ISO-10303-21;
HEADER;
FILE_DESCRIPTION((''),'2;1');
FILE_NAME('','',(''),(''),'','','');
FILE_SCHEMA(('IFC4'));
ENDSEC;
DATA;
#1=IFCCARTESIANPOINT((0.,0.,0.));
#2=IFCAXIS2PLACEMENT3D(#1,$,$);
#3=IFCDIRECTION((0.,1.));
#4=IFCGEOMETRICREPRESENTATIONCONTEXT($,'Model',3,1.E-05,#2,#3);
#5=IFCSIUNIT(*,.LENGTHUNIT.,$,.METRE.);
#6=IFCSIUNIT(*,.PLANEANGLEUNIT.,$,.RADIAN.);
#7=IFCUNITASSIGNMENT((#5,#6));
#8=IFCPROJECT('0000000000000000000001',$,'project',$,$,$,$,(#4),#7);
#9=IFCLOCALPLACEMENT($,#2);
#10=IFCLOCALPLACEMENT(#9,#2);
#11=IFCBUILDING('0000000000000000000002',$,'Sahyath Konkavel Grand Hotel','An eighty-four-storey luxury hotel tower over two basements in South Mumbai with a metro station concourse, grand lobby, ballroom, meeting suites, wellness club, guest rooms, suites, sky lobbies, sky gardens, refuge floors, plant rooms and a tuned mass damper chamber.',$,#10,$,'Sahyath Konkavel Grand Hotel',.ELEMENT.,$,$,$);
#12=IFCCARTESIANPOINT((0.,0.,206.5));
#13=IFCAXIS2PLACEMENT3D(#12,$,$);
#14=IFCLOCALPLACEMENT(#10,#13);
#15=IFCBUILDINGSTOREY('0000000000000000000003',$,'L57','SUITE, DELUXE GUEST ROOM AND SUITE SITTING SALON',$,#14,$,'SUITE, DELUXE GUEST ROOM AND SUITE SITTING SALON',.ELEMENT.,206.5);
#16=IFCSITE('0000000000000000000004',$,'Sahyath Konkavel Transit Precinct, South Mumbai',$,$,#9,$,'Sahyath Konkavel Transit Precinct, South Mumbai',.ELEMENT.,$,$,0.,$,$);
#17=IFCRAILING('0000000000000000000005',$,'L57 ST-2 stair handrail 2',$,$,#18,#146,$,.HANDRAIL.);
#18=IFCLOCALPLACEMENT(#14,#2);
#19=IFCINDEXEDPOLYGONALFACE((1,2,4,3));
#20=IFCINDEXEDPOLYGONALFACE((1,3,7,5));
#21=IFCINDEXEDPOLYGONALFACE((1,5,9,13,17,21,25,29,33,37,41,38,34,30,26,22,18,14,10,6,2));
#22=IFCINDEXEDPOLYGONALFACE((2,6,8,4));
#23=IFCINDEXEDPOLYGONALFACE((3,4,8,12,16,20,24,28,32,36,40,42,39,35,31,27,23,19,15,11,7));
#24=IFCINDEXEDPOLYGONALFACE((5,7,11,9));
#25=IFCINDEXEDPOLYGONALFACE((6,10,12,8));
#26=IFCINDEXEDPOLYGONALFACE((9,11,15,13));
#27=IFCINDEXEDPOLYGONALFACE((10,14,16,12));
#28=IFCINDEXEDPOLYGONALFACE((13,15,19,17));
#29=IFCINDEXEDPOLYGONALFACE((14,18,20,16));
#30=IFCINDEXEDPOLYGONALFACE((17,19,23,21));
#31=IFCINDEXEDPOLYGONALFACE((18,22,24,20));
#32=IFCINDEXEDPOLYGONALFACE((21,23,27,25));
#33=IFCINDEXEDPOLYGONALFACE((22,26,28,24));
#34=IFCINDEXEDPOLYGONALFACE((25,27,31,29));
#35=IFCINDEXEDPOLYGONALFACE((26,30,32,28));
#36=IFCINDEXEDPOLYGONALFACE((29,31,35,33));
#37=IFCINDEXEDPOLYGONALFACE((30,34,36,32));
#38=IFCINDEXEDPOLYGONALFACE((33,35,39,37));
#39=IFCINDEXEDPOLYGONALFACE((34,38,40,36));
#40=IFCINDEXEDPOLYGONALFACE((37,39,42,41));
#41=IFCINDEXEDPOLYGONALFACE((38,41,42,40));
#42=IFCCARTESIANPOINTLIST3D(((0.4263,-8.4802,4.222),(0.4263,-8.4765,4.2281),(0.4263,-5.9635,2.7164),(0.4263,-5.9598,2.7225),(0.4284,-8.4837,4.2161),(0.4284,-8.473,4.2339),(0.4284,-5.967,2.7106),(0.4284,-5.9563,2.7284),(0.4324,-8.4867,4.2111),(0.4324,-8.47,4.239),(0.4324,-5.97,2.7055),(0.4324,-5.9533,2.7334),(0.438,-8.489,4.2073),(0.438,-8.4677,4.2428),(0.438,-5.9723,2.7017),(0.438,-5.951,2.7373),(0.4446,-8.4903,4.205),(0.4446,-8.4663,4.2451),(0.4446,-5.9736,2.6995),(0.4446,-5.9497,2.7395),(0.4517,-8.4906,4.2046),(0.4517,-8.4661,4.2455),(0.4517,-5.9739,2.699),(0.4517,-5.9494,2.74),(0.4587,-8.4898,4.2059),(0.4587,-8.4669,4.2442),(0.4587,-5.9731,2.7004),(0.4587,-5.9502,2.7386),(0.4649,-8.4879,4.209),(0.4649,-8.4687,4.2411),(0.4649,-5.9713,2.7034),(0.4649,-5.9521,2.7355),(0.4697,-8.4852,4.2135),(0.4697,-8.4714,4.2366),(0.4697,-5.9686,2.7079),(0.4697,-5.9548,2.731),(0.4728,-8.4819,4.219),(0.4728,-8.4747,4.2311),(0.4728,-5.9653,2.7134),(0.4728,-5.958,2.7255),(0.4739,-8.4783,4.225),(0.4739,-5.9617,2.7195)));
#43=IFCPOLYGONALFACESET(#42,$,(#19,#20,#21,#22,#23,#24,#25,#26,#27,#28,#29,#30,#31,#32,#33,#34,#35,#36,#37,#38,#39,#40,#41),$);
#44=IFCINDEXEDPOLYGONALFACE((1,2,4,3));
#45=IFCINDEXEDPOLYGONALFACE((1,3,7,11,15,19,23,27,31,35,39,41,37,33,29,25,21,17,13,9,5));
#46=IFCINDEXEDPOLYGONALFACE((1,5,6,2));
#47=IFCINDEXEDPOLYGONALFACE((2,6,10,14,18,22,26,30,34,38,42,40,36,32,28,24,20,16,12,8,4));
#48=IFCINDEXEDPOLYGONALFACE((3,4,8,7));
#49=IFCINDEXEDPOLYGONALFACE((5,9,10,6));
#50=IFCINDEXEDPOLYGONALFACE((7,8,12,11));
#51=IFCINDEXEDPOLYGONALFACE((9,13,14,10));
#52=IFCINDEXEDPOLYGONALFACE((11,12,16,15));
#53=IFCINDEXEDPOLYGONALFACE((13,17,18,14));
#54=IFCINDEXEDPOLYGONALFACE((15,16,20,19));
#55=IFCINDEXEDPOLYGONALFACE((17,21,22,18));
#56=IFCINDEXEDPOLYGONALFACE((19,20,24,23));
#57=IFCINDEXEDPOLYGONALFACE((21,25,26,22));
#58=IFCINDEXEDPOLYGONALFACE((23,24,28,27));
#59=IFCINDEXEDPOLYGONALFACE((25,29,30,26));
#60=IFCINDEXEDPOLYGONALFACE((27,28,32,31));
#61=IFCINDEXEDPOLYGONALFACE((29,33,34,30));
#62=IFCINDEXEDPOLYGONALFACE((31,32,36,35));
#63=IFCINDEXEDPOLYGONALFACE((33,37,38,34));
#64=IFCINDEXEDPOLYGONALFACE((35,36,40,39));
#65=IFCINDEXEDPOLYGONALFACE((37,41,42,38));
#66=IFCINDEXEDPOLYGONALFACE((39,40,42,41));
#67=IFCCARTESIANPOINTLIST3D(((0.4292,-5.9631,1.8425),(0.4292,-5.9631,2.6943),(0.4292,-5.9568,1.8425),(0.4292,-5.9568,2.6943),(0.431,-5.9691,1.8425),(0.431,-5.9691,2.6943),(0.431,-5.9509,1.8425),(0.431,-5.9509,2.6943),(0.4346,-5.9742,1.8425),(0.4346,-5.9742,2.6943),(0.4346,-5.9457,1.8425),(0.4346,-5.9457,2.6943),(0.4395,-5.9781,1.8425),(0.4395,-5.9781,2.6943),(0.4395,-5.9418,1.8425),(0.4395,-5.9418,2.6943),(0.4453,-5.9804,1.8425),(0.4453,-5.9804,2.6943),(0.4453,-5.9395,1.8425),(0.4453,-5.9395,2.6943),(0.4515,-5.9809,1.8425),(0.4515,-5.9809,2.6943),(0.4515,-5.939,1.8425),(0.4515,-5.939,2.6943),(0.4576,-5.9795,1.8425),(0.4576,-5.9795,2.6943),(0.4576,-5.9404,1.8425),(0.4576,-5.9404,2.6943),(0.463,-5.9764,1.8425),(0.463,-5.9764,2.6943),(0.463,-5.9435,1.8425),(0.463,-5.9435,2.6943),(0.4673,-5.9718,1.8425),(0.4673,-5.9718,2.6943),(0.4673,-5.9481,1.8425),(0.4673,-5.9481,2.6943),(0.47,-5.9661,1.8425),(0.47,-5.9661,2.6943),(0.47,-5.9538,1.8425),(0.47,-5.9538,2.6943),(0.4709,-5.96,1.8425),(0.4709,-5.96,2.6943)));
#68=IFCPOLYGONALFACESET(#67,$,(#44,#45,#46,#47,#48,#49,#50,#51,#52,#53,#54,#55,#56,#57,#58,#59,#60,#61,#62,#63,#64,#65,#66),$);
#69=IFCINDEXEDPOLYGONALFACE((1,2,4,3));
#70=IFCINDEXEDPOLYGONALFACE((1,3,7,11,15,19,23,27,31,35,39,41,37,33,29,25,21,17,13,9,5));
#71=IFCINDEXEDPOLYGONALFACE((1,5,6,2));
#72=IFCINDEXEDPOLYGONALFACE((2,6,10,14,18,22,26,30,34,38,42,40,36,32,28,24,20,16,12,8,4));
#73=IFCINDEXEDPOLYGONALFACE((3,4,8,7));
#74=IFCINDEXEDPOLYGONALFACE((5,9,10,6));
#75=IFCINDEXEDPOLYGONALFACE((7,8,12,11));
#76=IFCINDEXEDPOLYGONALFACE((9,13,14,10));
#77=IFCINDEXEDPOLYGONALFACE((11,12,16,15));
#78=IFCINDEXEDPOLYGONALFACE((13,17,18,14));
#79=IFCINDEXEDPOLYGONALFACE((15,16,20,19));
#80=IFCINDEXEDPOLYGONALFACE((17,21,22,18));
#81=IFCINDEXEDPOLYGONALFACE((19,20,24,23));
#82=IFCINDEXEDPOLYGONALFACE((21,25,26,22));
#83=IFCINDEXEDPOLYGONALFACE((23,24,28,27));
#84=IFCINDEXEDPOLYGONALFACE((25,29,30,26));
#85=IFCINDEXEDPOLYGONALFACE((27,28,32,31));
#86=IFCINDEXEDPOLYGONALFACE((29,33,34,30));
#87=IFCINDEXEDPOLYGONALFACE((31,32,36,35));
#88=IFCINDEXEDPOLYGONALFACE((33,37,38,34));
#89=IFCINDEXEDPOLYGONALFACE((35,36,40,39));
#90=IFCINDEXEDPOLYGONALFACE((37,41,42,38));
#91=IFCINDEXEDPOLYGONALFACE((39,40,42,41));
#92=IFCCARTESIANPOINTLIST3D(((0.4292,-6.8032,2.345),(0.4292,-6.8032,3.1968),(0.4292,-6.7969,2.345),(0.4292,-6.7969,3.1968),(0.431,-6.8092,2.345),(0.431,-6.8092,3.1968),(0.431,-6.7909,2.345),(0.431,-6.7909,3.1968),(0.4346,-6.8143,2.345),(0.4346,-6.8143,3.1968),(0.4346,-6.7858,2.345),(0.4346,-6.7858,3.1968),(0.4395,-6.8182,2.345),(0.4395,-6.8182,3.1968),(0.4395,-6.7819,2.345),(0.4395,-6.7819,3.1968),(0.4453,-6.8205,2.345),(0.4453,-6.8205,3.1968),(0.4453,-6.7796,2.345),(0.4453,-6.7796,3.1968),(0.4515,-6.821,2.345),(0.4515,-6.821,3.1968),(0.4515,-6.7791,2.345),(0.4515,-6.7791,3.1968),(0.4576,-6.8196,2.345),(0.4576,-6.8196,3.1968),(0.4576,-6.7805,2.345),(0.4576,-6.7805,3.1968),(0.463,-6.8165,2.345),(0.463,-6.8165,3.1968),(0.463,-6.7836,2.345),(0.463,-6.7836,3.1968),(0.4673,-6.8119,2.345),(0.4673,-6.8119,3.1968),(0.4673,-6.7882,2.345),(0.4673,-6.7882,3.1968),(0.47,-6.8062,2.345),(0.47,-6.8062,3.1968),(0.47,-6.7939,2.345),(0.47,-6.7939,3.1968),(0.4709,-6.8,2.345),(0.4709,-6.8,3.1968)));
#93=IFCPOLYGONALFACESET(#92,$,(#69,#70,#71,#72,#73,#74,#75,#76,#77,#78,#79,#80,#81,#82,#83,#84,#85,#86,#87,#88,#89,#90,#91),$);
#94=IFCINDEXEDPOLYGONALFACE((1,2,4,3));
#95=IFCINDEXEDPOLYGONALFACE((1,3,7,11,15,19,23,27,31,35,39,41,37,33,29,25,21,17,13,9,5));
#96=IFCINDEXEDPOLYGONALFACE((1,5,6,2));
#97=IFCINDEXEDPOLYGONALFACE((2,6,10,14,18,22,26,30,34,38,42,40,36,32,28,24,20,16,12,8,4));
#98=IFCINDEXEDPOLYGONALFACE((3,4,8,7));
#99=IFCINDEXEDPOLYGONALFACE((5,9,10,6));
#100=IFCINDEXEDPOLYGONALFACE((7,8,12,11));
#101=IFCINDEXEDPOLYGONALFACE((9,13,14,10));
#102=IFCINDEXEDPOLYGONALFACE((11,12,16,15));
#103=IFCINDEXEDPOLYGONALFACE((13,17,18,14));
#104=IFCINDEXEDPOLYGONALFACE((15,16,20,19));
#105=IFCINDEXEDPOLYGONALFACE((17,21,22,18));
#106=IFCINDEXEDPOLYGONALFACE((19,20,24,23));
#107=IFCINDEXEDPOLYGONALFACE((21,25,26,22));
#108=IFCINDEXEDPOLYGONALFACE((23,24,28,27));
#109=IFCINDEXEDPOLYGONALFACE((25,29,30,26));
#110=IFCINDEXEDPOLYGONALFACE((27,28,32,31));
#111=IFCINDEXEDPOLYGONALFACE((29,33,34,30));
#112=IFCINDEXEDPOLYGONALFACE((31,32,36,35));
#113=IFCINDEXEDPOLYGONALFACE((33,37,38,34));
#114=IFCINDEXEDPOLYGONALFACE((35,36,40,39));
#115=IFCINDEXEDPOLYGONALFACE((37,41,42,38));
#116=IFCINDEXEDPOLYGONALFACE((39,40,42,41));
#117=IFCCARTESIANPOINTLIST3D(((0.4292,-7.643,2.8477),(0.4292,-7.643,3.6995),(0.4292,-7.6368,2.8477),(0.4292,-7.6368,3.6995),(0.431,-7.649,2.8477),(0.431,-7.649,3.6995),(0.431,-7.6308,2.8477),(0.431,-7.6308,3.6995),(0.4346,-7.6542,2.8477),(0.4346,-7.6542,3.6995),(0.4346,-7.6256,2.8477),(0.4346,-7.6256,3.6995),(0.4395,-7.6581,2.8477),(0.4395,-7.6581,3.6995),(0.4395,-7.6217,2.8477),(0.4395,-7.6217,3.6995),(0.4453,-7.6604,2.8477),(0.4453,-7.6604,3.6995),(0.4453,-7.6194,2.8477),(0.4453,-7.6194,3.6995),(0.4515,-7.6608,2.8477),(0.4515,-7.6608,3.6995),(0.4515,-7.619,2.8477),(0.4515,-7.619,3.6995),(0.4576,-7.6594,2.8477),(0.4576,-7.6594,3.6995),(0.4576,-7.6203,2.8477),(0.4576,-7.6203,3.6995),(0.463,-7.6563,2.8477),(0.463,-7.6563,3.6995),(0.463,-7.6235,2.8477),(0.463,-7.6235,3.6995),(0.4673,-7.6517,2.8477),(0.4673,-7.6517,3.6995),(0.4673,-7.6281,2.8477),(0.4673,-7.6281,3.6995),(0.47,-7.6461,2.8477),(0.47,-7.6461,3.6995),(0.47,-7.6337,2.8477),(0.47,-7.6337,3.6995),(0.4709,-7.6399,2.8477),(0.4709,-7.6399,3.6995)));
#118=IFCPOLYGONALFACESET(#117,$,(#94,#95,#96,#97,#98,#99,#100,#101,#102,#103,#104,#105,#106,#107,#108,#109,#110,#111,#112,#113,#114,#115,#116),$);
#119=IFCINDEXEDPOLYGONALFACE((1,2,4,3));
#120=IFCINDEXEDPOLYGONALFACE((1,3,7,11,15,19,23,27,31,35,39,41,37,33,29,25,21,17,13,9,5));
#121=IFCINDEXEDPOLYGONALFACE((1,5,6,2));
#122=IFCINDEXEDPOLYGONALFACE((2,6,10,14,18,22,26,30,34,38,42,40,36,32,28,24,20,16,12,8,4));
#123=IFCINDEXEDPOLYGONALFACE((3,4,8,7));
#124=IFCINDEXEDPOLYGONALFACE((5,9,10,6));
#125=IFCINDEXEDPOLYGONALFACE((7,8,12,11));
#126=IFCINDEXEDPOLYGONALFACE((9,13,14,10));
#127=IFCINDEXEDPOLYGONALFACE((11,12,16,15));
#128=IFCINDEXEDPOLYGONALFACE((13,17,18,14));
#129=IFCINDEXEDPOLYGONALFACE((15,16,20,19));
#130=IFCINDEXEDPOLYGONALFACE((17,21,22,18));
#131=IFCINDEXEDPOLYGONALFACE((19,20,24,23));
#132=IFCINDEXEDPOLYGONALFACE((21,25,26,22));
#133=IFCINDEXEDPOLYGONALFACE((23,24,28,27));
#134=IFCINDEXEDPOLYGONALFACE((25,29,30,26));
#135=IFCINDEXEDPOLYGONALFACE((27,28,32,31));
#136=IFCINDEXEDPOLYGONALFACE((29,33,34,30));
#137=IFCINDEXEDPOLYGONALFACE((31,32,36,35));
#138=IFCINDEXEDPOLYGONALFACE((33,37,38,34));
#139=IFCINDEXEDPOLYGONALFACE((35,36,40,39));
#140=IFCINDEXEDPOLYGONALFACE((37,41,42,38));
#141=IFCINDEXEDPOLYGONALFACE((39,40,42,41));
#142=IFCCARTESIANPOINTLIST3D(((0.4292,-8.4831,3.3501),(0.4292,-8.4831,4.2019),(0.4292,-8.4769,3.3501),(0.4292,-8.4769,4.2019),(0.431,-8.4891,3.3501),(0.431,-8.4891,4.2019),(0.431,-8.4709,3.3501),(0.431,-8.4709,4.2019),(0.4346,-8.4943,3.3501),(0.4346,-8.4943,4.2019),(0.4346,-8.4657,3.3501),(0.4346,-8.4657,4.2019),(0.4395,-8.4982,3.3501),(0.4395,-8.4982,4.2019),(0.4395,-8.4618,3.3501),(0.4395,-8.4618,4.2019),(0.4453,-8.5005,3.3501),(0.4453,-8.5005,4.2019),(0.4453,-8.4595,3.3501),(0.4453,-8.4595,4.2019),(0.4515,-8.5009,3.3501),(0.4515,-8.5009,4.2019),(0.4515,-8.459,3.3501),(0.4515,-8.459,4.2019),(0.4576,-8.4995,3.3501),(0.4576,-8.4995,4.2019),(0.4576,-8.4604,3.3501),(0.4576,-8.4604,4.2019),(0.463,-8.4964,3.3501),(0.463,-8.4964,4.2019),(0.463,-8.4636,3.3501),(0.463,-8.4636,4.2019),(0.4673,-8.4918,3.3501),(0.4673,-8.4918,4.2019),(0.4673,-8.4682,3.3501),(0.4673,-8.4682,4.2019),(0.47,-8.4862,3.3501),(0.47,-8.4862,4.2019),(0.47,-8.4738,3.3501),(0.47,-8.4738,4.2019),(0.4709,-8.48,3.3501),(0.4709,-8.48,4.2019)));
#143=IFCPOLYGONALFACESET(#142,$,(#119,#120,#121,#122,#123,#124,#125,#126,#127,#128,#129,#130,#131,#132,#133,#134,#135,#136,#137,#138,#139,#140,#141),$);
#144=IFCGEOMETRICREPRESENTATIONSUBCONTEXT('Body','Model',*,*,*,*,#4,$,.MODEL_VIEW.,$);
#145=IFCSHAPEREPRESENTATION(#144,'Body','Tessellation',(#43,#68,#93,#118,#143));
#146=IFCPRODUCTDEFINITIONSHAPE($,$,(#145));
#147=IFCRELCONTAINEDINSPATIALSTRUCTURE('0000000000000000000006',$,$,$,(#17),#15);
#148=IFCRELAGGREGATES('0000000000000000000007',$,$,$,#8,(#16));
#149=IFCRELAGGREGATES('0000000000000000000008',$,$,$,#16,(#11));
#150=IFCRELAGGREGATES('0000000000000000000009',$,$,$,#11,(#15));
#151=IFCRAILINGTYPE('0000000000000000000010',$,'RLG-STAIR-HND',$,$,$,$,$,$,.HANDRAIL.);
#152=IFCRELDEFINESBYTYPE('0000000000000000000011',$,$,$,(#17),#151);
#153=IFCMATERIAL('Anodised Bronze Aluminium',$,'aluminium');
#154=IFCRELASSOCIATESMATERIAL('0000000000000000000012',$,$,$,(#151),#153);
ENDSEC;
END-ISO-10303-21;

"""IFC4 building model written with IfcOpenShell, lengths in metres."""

from ifc_helpers import new_model, si_unit, direction, frame, origin, origin_2d, place, context, subcontext, project, spatial, circle, extrude, material, type_object, element, save


model = new_model("IFC4")

# Units and contexts
model_context = context("Model", 3, precision=1e-05, world=origin(), true_north=direction((0.0, 1.0)))
body_context = subcontext(model_context, "Body", "Model", "MODEL_VIEW")
ifc_project = project(units=[si_unit("LENGTHUNIT", "METRE"), si_unit("PLANEANGLEUNIT", "RADIAN")], contexts=[model_context])

# Site, building, storey
site_placement = place(None, origin())
site = spatial("IfcSite", under=ifc_project, at=site_placement, Name="Sahyath Konkavel Transit Precinct, South Mumbai", LongName="Sahyath Konkavel Transit Precinct, South Mumbai", CompositionType="ELEMENT", RefElevation=0.0)
building_placement = place(site_placement, origin())
building = spatial("IfcBuilding", under=site, at=building_placement, Name="Sahyath Konkavel Grand Hotel", Description="An eighty-four-storey luxury hotel tower over two basements in South Mumbai with a metro station concourse, grand lobby, ballroom, meeting suites, wellness club, guest rooms, suites, sky lobbies, sky gardens, refuge floors, plant rooms and a tuned mass damper chamber.", LongName="Sahyath Konkavel Grand Hotel", CompositionType="ELEMENT")
storey_placement = place(building_placement, frame((0.0, 0.0, 206.5)))
storey = spatial("IfcBuildingStorey", under=building, at=storey_placement, Name="L57", Description="SUITE, DELUXE GUEST ROOM AND SUITE SITTING SALON", LongName="SUITE, DELUXE GUEST ROOM AND SUITE SITTING SALON", CompositionType="ELEMENT", Elevation=206.5)

# Railing
ifc_material_1 = material(Name="Anodised Bronze Aluminium", Category="aluminium")
railing_type_1 = type_object("IfcRailingType", Name="RLG-STAIR-HND", PredefinedType="HANDRAIL", material=ifc_material_1)
railing_1_placement = place(storey_placement, frame((0.45, -5.96, 1.8425)))
element("IfcRailing", 1, at=railing_1_placement, inside=storey, type_object=railing_type_1, Name="L57 ST-2 stair handrail 2", PredefinedType="HANDRAIL", context=body_context, shape_type="SweptSolid", body=[
    extrude(circle(Radius=0.0239, at=origin_2d()), frame((0.0, -0.0017, 0.877), z_axis=(0.0, -0.85816, 0.513383), x_axis=(1.0, 0.0, 0.0)), (0.0, 0.0, 1.0), 2.9326),
    extrude(circle(Radius=0.021, at=origin_2d()), origin(), (0.0, 0.0, 1.0), 0.8518),
    extrude(circle(Radius=0.021, at=origin_2d()), frame((0.0, -0.8401, 0.5024)), (0.0, 0.0, 1.0), 0.8518),
    extrude(circle(Radius=0.021, at=origin_2d()), frame((0.0, -1.6799, 1.0051)), (0.0, 0.0, 1.0), 0.8518),
    extrude(circle(Radius=0.021, at=origin_2d()), frame((0.0, -2.52, 1.5076)), (0.0, 0.0, 1.0), 0.8518),
])

save(model, "model.ifc")
